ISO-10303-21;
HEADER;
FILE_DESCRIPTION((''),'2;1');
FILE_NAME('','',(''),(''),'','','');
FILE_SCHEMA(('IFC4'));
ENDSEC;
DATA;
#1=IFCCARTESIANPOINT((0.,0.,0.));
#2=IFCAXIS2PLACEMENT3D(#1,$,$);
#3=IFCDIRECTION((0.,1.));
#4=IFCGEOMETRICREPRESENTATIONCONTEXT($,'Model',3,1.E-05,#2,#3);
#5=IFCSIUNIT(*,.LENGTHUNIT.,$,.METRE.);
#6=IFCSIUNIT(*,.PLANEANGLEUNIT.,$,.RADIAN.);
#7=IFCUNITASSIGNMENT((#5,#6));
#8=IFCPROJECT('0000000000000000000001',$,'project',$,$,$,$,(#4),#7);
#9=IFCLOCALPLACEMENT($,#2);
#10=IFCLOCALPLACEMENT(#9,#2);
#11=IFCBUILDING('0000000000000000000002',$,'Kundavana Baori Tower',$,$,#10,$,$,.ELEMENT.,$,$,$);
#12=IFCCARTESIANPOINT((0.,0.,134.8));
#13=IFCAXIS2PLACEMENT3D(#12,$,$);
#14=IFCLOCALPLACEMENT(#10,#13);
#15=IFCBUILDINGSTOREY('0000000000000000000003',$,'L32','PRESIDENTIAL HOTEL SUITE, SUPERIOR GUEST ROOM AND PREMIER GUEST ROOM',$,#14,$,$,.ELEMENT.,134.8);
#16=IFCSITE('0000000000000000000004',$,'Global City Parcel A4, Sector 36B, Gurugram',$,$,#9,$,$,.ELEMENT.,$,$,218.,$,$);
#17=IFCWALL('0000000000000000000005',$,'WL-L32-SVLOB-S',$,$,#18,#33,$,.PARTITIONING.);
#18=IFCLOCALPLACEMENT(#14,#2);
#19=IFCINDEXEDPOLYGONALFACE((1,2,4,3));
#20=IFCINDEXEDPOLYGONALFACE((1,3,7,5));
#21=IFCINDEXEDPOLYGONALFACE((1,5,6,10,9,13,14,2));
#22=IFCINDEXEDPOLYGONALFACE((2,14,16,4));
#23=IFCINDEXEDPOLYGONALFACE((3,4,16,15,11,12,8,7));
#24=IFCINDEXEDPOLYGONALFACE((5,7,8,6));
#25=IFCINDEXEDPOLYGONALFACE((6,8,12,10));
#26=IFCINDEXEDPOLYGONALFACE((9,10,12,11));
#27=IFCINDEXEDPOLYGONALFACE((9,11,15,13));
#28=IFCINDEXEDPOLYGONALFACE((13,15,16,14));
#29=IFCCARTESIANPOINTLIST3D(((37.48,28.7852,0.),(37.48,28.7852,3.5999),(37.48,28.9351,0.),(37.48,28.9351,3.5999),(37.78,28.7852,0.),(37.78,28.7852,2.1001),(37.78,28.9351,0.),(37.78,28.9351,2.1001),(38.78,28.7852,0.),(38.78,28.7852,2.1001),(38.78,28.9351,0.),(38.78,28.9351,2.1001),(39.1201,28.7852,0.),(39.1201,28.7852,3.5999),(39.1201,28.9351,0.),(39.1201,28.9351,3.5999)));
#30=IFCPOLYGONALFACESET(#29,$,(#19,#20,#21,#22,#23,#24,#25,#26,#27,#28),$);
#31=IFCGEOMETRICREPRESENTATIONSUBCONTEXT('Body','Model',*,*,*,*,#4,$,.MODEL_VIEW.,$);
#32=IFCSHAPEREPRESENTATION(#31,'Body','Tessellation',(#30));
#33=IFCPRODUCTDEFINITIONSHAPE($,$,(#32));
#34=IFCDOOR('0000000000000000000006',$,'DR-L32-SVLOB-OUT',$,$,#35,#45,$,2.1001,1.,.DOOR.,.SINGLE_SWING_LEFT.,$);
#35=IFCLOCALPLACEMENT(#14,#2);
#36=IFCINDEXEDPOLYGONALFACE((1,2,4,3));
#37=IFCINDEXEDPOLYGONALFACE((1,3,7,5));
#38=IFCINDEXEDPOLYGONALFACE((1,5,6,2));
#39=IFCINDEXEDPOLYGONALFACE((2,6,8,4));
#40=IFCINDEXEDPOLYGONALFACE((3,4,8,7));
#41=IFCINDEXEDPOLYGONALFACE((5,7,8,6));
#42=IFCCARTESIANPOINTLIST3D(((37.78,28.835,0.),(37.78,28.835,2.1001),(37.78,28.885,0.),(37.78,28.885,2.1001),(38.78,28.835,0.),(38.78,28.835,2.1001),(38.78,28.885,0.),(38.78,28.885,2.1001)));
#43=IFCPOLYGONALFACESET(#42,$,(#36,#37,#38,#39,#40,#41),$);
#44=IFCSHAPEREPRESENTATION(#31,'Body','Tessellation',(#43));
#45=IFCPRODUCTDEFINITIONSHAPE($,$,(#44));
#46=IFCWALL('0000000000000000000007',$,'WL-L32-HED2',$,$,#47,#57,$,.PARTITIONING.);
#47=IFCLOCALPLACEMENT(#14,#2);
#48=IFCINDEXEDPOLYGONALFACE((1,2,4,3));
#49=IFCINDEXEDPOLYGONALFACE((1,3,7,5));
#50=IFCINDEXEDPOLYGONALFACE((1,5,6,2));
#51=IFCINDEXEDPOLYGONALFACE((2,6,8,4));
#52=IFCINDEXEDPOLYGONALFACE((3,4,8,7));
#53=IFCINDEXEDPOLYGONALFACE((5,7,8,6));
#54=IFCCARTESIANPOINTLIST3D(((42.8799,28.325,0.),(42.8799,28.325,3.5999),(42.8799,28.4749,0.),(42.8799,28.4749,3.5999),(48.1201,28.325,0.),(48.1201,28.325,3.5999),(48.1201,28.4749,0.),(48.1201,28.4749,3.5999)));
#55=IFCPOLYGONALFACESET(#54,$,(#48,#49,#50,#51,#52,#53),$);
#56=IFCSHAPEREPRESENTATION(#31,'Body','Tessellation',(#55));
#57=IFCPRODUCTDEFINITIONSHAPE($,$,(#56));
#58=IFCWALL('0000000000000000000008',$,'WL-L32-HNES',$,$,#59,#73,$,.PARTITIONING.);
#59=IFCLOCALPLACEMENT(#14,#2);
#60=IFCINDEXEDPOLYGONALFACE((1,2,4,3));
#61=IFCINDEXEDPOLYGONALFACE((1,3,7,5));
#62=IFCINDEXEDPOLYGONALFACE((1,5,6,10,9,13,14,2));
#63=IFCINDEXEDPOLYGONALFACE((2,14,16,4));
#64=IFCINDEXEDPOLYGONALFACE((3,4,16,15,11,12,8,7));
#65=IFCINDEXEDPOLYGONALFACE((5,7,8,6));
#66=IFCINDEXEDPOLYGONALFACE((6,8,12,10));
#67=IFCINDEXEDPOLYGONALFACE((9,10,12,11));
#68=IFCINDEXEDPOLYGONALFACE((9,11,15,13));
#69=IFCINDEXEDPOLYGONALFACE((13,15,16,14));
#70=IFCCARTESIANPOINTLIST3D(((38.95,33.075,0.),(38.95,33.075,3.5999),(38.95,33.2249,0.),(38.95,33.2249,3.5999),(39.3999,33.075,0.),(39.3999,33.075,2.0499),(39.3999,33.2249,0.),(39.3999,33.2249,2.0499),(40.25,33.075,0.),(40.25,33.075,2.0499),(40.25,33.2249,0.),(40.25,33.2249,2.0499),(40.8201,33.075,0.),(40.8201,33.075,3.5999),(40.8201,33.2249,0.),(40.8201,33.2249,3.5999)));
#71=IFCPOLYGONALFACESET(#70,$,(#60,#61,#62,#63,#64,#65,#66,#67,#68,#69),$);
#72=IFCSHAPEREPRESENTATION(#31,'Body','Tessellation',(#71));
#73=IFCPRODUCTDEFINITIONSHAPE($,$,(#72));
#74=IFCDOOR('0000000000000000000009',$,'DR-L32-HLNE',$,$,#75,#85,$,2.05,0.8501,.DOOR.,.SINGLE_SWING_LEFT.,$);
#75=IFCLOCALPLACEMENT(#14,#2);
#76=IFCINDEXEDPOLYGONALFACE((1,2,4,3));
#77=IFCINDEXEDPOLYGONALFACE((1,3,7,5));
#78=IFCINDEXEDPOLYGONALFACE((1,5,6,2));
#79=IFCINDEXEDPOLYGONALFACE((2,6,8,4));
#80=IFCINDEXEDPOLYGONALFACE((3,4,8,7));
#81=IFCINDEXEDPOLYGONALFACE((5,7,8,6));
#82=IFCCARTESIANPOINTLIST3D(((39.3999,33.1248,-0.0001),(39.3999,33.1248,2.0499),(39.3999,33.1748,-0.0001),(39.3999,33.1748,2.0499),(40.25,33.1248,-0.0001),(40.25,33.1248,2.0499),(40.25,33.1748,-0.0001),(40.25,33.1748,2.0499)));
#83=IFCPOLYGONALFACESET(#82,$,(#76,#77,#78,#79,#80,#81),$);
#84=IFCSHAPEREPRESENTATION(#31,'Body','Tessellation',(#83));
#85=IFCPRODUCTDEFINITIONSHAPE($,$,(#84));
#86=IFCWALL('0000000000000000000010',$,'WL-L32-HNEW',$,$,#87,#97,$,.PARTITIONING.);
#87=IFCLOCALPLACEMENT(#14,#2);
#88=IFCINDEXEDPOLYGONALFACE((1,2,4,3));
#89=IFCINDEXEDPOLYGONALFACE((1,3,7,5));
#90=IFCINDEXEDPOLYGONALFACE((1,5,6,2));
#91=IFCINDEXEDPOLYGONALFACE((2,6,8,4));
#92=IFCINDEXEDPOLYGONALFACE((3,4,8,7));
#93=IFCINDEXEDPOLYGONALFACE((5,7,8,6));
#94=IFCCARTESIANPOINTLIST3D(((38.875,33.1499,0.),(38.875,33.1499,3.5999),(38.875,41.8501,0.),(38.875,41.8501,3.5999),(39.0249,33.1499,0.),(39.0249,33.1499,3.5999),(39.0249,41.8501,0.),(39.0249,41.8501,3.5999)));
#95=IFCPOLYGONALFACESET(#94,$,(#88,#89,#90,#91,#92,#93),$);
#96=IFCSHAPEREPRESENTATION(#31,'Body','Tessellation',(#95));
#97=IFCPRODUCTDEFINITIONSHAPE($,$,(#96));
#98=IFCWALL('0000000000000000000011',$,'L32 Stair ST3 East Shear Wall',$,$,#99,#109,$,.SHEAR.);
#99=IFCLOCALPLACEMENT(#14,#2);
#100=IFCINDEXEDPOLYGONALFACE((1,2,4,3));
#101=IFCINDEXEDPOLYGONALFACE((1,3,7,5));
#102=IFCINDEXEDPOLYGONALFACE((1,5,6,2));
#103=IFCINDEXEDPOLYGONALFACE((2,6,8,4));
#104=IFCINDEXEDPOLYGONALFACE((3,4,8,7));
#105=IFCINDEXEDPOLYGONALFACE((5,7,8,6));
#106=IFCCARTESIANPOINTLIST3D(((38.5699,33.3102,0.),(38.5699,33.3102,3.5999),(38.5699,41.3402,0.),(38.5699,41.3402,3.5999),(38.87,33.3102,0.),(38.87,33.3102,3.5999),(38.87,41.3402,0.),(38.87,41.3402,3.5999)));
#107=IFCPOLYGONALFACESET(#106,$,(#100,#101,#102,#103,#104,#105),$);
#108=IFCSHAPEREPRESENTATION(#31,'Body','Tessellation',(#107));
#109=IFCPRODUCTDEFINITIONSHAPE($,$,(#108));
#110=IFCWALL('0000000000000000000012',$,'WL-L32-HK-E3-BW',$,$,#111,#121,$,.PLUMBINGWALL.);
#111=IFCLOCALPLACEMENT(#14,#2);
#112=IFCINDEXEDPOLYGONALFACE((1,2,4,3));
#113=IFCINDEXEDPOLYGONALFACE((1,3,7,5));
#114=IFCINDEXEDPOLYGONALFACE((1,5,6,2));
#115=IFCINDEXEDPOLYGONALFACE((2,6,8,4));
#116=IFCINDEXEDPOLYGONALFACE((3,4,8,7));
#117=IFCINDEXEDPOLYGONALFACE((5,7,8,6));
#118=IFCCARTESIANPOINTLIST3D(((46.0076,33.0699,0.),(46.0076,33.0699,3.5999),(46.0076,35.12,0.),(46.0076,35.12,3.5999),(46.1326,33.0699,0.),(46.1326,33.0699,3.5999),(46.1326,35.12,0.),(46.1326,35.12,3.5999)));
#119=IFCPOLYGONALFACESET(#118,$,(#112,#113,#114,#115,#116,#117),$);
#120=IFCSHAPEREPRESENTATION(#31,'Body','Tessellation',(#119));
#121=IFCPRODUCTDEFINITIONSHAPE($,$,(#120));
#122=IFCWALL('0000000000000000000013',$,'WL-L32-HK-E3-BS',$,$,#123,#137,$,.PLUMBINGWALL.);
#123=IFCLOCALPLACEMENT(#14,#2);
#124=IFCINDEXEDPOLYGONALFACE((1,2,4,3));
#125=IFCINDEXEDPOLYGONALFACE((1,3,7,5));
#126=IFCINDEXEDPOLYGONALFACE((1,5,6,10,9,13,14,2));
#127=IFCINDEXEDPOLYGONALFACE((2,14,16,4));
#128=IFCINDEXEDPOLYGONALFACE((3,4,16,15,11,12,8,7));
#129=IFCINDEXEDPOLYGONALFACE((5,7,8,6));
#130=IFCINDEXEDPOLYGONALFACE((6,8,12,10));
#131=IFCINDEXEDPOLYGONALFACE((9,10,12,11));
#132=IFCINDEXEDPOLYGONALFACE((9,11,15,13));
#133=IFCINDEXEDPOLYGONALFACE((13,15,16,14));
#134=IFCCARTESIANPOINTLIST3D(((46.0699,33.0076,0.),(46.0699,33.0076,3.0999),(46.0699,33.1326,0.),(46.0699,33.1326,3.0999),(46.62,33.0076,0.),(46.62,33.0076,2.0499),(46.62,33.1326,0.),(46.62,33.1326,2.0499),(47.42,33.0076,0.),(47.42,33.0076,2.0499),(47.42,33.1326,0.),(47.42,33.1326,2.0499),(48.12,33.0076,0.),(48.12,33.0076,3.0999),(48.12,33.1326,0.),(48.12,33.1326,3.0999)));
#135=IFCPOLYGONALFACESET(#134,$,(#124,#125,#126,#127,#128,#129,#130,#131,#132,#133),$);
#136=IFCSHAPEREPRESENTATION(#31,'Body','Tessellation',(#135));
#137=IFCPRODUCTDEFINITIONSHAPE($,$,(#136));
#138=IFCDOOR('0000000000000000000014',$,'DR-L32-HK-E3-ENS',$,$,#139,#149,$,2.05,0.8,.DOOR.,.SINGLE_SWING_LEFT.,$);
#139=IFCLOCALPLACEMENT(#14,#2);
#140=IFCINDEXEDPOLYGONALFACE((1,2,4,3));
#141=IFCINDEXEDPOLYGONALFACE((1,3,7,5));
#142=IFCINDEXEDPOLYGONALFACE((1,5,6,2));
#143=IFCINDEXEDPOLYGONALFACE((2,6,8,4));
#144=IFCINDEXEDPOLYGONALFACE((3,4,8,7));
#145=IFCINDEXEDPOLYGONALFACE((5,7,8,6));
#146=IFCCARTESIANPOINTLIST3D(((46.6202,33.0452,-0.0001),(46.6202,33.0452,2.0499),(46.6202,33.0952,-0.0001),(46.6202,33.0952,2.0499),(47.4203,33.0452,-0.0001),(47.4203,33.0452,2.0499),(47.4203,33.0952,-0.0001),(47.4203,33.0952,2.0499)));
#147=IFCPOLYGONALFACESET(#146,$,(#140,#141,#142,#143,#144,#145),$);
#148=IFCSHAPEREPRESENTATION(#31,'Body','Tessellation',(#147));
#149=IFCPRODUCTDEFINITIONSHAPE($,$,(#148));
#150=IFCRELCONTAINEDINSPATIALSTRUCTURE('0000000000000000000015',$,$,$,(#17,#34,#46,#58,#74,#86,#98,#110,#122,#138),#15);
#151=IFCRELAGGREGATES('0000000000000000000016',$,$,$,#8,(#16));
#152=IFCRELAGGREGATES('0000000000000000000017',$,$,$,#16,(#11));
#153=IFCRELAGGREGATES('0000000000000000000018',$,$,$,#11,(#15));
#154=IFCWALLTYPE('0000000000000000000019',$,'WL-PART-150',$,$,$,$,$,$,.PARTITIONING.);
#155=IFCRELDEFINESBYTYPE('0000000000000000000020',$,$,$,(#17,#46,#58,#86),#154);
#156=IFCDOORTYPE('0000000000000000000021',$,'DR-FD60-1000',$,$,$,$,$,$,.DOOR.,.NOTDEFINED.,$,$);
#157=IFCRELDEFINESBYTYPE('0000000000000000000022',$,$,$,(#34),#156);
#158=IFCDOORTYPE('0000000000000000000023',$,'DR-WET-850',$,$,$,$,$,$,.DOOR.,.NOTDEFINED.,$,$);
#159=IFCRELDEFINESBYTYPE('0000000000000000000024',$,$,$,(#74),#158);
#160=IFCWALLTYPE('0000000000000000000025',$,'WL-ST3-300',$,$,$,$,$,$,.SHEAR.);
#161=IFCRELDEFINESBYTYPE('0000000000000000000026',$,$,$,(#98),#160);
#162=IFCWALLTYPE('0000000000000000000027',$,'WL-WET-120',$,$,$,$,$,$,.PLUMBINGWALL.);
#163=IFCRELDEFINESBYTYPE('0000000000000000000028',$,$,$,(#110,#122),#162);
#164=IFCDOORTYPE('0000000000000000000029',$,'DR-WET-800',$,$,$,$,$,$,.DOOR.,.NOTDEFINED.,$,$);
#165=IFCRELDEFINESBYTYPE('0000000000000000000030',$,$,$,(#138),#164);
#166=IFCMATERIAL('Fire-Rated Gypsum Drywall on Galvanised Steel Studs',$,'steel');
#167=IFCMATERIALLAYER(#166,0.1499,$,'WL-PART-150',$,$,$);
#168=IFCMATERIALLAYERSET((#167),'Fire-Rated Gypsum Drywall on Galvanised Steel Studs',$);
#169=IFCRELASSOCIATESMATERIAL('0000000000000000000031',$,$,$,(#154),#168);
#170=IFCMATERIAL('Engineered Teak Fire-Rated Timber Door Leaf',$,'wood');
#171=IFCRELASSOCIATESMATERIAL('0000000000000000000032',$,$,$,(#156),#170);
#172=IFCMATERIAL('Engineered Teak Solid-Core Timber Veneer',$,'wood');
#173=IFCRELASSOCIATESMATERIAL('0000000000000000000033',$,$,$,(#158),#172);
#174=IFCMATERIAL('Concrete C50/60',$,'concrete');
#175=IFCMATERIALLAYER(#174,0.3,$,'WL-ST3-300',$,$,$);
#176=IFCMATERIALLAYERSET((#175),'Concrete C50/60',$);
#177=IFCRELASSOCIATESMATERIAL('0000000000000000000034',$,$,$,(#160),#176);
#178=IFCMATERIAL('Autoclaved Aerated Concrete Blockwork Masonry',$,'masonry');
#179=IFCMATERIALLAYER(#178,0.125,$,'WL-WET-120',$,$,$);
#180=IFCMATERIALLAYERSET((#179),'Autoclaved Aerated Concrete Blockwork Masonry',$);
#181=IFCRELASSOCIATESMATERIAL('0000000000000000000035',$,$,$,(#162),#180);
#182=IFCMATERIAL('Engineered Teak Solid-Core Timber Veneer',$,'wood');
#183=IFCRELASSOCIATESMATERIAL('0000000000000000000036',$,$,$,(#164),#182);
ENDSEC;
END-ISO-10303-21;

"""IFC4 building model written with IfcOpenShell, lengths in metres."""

from ifc_helpers import new_model, si_unit, direction, frame, frame_2d, origin, place, context, subcontext, project, spatial, rectangle, extrude, material, layer, layer_set, type_object, element, fill, save


model = new_model("IFC4")

# Units and contexts
model_context = context("Model", 3, precision=1e-05, world=origin(), true_north=direction((0.0, 1.0)))
body_context = subcontext(model_context, "Body", "Model", "MODEL_VIEW")
ifc_project = project(units=[si_unit("LENGTHUNIT", "METRE"), si_unit("PLANEANGLEUNIT", "RADIAN")], contexts=[model_context])

# Site, building, storey
site_placement = place(None, origin())
site = spatial("IfcSite", under=ifc_project, at=site_placement, Name="Global City Parcel A4, Sector 36B, Gurugram", CompositionType="ELEMENT", RefElevation=218.0)
building_placement = place(site_placement, origin())
building = spatial("IfcBuilding", under=site, at=building_placement, Name="Kundavana Baori Tower", CompositionType="ELEMENT")
storey_placement = place(building_placement, frame((0.0, 0.0, 134.8)))
storey = spatial("IfcBuildingStorey", under=building, at=storey_placement, Name="L32", Description="PRESIDENTIAL HOTEL SUITE, SUPERIOR GUEST ROOM AND PREMIER GUEST ROOM", CompositionType="ELEMENT", Elevation=134.8)

# Shared definitions
ifc_material_1 = material(Name="Fire-Rated Gypsum Drywall on Galvanised Steel Studs", Category="steel")
ifc_layer_1 = layer(ifc_material_1, 0.1499, Name="WL-PART-150")
ifc_layer_set_1 = layer_set([ifc_layer_1], Name="Fire-Rated Gypsum Drywall on Galvanised Steel Studs")
wall_type_1 = type_object("IfcWallType", Name="WL-PART-150", PredefinedType="PARTITIONING", material=ifc_layer_set_1)

# Wall, opening, door
wall_1_placement = place(storey_placement, frame((37.48, 28.8601, 0.0), z_axis=(0.0, 0.0, 1.0), x_axis=(1.0, 0.0, 0.0)))
wall_1 = element("IfcWall", 1, at=wall_1_placement, inside=storey, type_object=wall_type_1, Name="WL-L32-SVLOB-S", PredefinedType="PARTITIONING", context=body_context, shape_type="SweptSolid", body=[
    extrude(rectangle(XDim=1.6401, YDim=0.1499, at=frame_2d((0.8201, 0.0))), origin(), (0.0, 0.0, 1.0), 3.5999),
])
opening_1_placement = place(wall_1_placement, frame((0.3, 0.0, 0.0)))
opening_1 = element("IfcOpeningElement", 2, at=opening_1_placement, cuts=wall_1, PredefinedType="OPENING", context=body_context, shape_type="SweptSolid", body=[
    extrude(rectangle(XDim=1.0, YDim=2.1001, at=frame_2d((0.5, 1.05))), frame((0.0, 0.085, 0.0), z_axis=(0.0, -1.0, 0.0), x_axis=(1.0, 0.0, 0.0)), (0.0, 0.0, 1.0), 0.1699),
])
ifc_material_2 = material(Name="Engineered Teak Fire-Rated Timber Door Leaf", Category="wood")
door_type_1 = type_object("IfcDoorType", Name="DR-FD60-1000", OperationType="NOTDEFINED", PredefinedType="DOOR", material=ifc_material_2)
door_1_placement = place(opening_1_placement, origin())
door_1 = element("IfcDoor", 3, at=door_1_placement, inside=storey, type_object=door_type_1, Name="DR-L32-SVLOB-OUT", OperationType="SINGLE_SWING_LEFT", OverallHeight=2.1001, OverallWidth=1.0, PredefinedType="DOOR", context=body_context, shape_type="SweptSolid", body=[
    extrude(rectangle(XDim=1.0, YDim=2.1001, at=frame_2d((0.5, 1.05))), frame((0.0, 0.0249, 0.0), z_axis=(0.0, -1.0, 0.0), x_axis=(1.0, 0.0, 0.0)), (0.0, 0.0, 1.0), 0.05),
])
fill(opening_1, door_1)

# Wall
wall_2_placement = place(storey_placement, frame((42.8799, 28.3999, 0.0), z_axis=(0.0, 0.0, 1.0), x_axis=(1.0, 0.0, 0.0)))
element("IfcWall", 4, at=wall_2_placement, inside=storey, type_object=wall_type_1, Name="WL-L32-HED2", PredefinedType="PARTITIONING", context=body_context, shape_type="SweptSolid", body=[
    extrude(rectangle(XDim=5.2402, YDim=0.1499, at=frame_2d((2.6201, 0.0))), origin(), (0.0, 0.0, 1.0), 3.5999),
])

# Wall, opening, door
wall_3_placement = place(storey_placement, frame((38.95, 33.1499, 0.0), z_axis=(0.0, 0.0, 1.0), x_axis=(1.0, 0.0, 0.0)))
wall_3 = element("IfcWall", 5, at=wall_3_placement, inside=storey, type_object=wall_type_1, Name="WL-L32-HNES", PredefinedType="PARTITIONING", context=body_context, shape_type="SweptSolid", body=[
    extrude(rectangle(XDim=1.8701, YDim=0.1499, at=frame_2d((0.9351, 0.0))), origin(), (0.0, 0.0, 1.0), 3.5999),
])
opening_2_placement = place(wall_3_placement, frame((0.45, 0.0, 0.0)))
opening_2 = element("IfcOpeningElement", 6, at=opening_2_placement, cuts=wall_3, PredefinedType="OPENING", context=body_context, shape_type="SweptSolid", body=[
    extrude(rectangle(XDim=0.8501, YDim=2.05, at=frame_2d((0.425, 1.0249))), frame((0.0, 0.085, 0.0), z_axis=(0.0, -1.0, 0.0), x_axis=(1.0, 0.0, 0.0)), (0.0, 0.0, 1.0), 0.1699),
])
ifc_material_3 = material(Name="Engineered Teak Solid-Core Timber Veneer", Category="wood")
door_type_2 = type_object("IfcDoorType", Name="DR-WET-850", OperationType="NOTDEFINED", PredefinedType="DOOR", material=ifc_material_3)
door_2_placement = place(opening_2_placement, origin())
door_2 = element("IfcDoor", 7, at=door_2_placement, inside=storey, type_object=door_type_2, Name="DR-L32-HLNE", OperationType="SINGLE_SWING_LEFT", OverallHeight=2.05, OverallWidth=0.8501, PredefinedType="DOOR", context=body_context, shape_type="SweptSolid", body=[
    extrude(rectangle(XDim=0.8501, YDim=2.05, at=frame_2d((0.425, 1.0249))), frame((0.0, 0.0249, 0.0), z_axis=(0.0, -1.0, 0.0), x_axis=(1.0, 0.0, 0.0)), (0.0, 0.0, 1.0), 0.05),
])
fill(opening_2, door_2)

# Wall
wall_4_placement = place(storey_placement, frame((38.95, 33.1499, 0.0), z_axis=(0.0, 0.0, 1.0), x_axis=(0.0, 1.0, 0.0)))
element("IfcWall", 8, at=wall_4_placement, inside=storey, type_object=wall_type_1, Name="WL-L32-HNEW", PredefinedType="PARTITIONING", context=body_context, shape_type="SweptSolid", body=[
    extrude(rectangle(XDim=8.7002, YDim=0.1499, at=frame_2d((4.3501, 0.0))), origin(), (0.0, 0.0, 1.0), 3.5999),
])

# Walls
ifc_material_4 = material(Name="Concrete C50/60", Category="concrete")
ifc_layer_2 = layer(ifc_material_4, 0.3, Name="WL-ST3-300")
ifc_layer_set_2 = layer_set([ifc_layer_2], Name="Concrete C50/60")
wall_type_2 = type_object("IfcWallType", Name="WL-ST3-300", PredefinedType="SHEAR", material=ifc_layer_set_2)
wall_5_placement = place(storey_placement, frame((38.72, 33.3101, 0.0), z_axis=(0.0, 0.0, 1.0), x_axis=(0.0, 1.0, 0.0)))
element("IfcWall", 9, at=wall_5_placement, inside=storey, type_object=wall_type_2, Name="L32 Stair ST3 East Shear Wall", PredefinedType="SHEAR", context=body_context, shape_type="SweptSolid", body=[
    extrude(rectangle(XDim=8.03, YDim=0.3, at=frame_2d((4.0151, 0.0))), origin(), (0.0, 0.0, 1.0), 3.5999),
])
ifc_material_5 = material(Name="Autoclaved Aerated Concrete Blockwork Masonry", Category="masonry")
ifc_layer_3 = layer(ifc_material_5, 0.125, Name="WL-WET-120")
ifc_layer_set_3 = layer_set([ifc_layer_3], Name="Autoclaved Aerated Concrete Blockwork Masonry")
wall_type_3 = type_object("IfcWallType", Name="WL-WET-120", PredefinedType="PLUMBINGWALL", material=ifc_layer_set_3)
wall_6_placement = place(storey_placement, frame((46.0701, 33.0701, 0.0), z_axis=(0.0, 0.0, 1.0), x_axis=(0.0, 1.0, 0.0)))
element("IfcWall", 10, at=wall_6_placement, inside=storey, type_object=wall_type_3, Name="WL-L32-HK-E3-BW", PredefinedType="PLUMBINGWALL", context=body_context, shape_type="SweptSolid", body=[
    extrude(rectangle(XDim=2.05, YDim=0.125, at=frame_2d((1.0249, 0.0))), origin(), (0.0, 0.0, 1.0), 3.5999),
])

# Wall, opening, door
wall_7_placement = place(storey_placement, frame((46.0701, 33.0701, 0.0), z_axis=(0.0, 0.0, 1.0), x_axis=(1.0, 0.0, 0.0)))
wall_7 = element("IfcWall", 11, at=wall_7_placement, inside=storey, type_object=wall_type_3, Name="WL-L32-HK-E3-BS", PredefinedType="PLUMBINGWALL", context=body_context, shape_type="SweptSolid", body=[
    extrude(rectangle(XDim=2.05, YDim=0.125, at=frame_2d((1.0249, 0.0))), origin(), (0.0, 0.0, 1.0), 3.0999),
])
opening_3_placement = place(wall_7_placement, frame((0.55, 0.0, 0.0)))
opening_3 = element("IfcOpeningElement", 12, at=opening_3_placement, cuts=wall_7, PredefinedType="OPENING", context=body_context, shape_type="SweptSolid", body=[
    extrude(rectangle(XDim=0.8, YDim=2.05, at=frame_2d((0.3999, 1.0249))), frame((0.0, 0.0725, 0.0), z_axis=(0.0, -1.0, 0.0), x_axis=(1.0, 0.0, 0.0)), (0.0, 0.0, 1.0), 0.145),
])
ifc_material_6 = material(Name="Engineered Teak Solid-Core Timber Veneer", Category="wood")
door_type_3 = type_object("IfcDoorType", Name="DR-WET-800", OperationType="NOTDEFINED", PredefinedType="DOOR", material=ifc_material_6)
door_3_placement = place(opening_3_placement, frame((0.8, 0.0, 0.0), z_axis=(0.0, 0.0, 1.0), x_axis=(-1.0, 0.0, 0.0)))
door_3 = element("IfcDoor", 13, at=door_3_placement, inside=storey, type_object=door_type_3, Name="DR-L32-HK-E3-ENS", OperationType="SINGLE_SWING_LEFT", OverallHeight=2.05, OverallWidth=0.8, PredefinedType="DOOR", context=body_context, shape_type="SweptSolid", body=[
    extrude(rectangle(XDim=0.8, YDim=2.05, at=frame_2d((0.3999, 1.0249))), frame((0.0, 0.0249, 0.0), z_axis=(0.0, -1.0, 0.0), x_axis=(1.0, 0.0, 0.0)), (0.0, 0.0, 1.0), 0.05),
])
fill(opening_3, door_3)

save(model, "model.ifc")
